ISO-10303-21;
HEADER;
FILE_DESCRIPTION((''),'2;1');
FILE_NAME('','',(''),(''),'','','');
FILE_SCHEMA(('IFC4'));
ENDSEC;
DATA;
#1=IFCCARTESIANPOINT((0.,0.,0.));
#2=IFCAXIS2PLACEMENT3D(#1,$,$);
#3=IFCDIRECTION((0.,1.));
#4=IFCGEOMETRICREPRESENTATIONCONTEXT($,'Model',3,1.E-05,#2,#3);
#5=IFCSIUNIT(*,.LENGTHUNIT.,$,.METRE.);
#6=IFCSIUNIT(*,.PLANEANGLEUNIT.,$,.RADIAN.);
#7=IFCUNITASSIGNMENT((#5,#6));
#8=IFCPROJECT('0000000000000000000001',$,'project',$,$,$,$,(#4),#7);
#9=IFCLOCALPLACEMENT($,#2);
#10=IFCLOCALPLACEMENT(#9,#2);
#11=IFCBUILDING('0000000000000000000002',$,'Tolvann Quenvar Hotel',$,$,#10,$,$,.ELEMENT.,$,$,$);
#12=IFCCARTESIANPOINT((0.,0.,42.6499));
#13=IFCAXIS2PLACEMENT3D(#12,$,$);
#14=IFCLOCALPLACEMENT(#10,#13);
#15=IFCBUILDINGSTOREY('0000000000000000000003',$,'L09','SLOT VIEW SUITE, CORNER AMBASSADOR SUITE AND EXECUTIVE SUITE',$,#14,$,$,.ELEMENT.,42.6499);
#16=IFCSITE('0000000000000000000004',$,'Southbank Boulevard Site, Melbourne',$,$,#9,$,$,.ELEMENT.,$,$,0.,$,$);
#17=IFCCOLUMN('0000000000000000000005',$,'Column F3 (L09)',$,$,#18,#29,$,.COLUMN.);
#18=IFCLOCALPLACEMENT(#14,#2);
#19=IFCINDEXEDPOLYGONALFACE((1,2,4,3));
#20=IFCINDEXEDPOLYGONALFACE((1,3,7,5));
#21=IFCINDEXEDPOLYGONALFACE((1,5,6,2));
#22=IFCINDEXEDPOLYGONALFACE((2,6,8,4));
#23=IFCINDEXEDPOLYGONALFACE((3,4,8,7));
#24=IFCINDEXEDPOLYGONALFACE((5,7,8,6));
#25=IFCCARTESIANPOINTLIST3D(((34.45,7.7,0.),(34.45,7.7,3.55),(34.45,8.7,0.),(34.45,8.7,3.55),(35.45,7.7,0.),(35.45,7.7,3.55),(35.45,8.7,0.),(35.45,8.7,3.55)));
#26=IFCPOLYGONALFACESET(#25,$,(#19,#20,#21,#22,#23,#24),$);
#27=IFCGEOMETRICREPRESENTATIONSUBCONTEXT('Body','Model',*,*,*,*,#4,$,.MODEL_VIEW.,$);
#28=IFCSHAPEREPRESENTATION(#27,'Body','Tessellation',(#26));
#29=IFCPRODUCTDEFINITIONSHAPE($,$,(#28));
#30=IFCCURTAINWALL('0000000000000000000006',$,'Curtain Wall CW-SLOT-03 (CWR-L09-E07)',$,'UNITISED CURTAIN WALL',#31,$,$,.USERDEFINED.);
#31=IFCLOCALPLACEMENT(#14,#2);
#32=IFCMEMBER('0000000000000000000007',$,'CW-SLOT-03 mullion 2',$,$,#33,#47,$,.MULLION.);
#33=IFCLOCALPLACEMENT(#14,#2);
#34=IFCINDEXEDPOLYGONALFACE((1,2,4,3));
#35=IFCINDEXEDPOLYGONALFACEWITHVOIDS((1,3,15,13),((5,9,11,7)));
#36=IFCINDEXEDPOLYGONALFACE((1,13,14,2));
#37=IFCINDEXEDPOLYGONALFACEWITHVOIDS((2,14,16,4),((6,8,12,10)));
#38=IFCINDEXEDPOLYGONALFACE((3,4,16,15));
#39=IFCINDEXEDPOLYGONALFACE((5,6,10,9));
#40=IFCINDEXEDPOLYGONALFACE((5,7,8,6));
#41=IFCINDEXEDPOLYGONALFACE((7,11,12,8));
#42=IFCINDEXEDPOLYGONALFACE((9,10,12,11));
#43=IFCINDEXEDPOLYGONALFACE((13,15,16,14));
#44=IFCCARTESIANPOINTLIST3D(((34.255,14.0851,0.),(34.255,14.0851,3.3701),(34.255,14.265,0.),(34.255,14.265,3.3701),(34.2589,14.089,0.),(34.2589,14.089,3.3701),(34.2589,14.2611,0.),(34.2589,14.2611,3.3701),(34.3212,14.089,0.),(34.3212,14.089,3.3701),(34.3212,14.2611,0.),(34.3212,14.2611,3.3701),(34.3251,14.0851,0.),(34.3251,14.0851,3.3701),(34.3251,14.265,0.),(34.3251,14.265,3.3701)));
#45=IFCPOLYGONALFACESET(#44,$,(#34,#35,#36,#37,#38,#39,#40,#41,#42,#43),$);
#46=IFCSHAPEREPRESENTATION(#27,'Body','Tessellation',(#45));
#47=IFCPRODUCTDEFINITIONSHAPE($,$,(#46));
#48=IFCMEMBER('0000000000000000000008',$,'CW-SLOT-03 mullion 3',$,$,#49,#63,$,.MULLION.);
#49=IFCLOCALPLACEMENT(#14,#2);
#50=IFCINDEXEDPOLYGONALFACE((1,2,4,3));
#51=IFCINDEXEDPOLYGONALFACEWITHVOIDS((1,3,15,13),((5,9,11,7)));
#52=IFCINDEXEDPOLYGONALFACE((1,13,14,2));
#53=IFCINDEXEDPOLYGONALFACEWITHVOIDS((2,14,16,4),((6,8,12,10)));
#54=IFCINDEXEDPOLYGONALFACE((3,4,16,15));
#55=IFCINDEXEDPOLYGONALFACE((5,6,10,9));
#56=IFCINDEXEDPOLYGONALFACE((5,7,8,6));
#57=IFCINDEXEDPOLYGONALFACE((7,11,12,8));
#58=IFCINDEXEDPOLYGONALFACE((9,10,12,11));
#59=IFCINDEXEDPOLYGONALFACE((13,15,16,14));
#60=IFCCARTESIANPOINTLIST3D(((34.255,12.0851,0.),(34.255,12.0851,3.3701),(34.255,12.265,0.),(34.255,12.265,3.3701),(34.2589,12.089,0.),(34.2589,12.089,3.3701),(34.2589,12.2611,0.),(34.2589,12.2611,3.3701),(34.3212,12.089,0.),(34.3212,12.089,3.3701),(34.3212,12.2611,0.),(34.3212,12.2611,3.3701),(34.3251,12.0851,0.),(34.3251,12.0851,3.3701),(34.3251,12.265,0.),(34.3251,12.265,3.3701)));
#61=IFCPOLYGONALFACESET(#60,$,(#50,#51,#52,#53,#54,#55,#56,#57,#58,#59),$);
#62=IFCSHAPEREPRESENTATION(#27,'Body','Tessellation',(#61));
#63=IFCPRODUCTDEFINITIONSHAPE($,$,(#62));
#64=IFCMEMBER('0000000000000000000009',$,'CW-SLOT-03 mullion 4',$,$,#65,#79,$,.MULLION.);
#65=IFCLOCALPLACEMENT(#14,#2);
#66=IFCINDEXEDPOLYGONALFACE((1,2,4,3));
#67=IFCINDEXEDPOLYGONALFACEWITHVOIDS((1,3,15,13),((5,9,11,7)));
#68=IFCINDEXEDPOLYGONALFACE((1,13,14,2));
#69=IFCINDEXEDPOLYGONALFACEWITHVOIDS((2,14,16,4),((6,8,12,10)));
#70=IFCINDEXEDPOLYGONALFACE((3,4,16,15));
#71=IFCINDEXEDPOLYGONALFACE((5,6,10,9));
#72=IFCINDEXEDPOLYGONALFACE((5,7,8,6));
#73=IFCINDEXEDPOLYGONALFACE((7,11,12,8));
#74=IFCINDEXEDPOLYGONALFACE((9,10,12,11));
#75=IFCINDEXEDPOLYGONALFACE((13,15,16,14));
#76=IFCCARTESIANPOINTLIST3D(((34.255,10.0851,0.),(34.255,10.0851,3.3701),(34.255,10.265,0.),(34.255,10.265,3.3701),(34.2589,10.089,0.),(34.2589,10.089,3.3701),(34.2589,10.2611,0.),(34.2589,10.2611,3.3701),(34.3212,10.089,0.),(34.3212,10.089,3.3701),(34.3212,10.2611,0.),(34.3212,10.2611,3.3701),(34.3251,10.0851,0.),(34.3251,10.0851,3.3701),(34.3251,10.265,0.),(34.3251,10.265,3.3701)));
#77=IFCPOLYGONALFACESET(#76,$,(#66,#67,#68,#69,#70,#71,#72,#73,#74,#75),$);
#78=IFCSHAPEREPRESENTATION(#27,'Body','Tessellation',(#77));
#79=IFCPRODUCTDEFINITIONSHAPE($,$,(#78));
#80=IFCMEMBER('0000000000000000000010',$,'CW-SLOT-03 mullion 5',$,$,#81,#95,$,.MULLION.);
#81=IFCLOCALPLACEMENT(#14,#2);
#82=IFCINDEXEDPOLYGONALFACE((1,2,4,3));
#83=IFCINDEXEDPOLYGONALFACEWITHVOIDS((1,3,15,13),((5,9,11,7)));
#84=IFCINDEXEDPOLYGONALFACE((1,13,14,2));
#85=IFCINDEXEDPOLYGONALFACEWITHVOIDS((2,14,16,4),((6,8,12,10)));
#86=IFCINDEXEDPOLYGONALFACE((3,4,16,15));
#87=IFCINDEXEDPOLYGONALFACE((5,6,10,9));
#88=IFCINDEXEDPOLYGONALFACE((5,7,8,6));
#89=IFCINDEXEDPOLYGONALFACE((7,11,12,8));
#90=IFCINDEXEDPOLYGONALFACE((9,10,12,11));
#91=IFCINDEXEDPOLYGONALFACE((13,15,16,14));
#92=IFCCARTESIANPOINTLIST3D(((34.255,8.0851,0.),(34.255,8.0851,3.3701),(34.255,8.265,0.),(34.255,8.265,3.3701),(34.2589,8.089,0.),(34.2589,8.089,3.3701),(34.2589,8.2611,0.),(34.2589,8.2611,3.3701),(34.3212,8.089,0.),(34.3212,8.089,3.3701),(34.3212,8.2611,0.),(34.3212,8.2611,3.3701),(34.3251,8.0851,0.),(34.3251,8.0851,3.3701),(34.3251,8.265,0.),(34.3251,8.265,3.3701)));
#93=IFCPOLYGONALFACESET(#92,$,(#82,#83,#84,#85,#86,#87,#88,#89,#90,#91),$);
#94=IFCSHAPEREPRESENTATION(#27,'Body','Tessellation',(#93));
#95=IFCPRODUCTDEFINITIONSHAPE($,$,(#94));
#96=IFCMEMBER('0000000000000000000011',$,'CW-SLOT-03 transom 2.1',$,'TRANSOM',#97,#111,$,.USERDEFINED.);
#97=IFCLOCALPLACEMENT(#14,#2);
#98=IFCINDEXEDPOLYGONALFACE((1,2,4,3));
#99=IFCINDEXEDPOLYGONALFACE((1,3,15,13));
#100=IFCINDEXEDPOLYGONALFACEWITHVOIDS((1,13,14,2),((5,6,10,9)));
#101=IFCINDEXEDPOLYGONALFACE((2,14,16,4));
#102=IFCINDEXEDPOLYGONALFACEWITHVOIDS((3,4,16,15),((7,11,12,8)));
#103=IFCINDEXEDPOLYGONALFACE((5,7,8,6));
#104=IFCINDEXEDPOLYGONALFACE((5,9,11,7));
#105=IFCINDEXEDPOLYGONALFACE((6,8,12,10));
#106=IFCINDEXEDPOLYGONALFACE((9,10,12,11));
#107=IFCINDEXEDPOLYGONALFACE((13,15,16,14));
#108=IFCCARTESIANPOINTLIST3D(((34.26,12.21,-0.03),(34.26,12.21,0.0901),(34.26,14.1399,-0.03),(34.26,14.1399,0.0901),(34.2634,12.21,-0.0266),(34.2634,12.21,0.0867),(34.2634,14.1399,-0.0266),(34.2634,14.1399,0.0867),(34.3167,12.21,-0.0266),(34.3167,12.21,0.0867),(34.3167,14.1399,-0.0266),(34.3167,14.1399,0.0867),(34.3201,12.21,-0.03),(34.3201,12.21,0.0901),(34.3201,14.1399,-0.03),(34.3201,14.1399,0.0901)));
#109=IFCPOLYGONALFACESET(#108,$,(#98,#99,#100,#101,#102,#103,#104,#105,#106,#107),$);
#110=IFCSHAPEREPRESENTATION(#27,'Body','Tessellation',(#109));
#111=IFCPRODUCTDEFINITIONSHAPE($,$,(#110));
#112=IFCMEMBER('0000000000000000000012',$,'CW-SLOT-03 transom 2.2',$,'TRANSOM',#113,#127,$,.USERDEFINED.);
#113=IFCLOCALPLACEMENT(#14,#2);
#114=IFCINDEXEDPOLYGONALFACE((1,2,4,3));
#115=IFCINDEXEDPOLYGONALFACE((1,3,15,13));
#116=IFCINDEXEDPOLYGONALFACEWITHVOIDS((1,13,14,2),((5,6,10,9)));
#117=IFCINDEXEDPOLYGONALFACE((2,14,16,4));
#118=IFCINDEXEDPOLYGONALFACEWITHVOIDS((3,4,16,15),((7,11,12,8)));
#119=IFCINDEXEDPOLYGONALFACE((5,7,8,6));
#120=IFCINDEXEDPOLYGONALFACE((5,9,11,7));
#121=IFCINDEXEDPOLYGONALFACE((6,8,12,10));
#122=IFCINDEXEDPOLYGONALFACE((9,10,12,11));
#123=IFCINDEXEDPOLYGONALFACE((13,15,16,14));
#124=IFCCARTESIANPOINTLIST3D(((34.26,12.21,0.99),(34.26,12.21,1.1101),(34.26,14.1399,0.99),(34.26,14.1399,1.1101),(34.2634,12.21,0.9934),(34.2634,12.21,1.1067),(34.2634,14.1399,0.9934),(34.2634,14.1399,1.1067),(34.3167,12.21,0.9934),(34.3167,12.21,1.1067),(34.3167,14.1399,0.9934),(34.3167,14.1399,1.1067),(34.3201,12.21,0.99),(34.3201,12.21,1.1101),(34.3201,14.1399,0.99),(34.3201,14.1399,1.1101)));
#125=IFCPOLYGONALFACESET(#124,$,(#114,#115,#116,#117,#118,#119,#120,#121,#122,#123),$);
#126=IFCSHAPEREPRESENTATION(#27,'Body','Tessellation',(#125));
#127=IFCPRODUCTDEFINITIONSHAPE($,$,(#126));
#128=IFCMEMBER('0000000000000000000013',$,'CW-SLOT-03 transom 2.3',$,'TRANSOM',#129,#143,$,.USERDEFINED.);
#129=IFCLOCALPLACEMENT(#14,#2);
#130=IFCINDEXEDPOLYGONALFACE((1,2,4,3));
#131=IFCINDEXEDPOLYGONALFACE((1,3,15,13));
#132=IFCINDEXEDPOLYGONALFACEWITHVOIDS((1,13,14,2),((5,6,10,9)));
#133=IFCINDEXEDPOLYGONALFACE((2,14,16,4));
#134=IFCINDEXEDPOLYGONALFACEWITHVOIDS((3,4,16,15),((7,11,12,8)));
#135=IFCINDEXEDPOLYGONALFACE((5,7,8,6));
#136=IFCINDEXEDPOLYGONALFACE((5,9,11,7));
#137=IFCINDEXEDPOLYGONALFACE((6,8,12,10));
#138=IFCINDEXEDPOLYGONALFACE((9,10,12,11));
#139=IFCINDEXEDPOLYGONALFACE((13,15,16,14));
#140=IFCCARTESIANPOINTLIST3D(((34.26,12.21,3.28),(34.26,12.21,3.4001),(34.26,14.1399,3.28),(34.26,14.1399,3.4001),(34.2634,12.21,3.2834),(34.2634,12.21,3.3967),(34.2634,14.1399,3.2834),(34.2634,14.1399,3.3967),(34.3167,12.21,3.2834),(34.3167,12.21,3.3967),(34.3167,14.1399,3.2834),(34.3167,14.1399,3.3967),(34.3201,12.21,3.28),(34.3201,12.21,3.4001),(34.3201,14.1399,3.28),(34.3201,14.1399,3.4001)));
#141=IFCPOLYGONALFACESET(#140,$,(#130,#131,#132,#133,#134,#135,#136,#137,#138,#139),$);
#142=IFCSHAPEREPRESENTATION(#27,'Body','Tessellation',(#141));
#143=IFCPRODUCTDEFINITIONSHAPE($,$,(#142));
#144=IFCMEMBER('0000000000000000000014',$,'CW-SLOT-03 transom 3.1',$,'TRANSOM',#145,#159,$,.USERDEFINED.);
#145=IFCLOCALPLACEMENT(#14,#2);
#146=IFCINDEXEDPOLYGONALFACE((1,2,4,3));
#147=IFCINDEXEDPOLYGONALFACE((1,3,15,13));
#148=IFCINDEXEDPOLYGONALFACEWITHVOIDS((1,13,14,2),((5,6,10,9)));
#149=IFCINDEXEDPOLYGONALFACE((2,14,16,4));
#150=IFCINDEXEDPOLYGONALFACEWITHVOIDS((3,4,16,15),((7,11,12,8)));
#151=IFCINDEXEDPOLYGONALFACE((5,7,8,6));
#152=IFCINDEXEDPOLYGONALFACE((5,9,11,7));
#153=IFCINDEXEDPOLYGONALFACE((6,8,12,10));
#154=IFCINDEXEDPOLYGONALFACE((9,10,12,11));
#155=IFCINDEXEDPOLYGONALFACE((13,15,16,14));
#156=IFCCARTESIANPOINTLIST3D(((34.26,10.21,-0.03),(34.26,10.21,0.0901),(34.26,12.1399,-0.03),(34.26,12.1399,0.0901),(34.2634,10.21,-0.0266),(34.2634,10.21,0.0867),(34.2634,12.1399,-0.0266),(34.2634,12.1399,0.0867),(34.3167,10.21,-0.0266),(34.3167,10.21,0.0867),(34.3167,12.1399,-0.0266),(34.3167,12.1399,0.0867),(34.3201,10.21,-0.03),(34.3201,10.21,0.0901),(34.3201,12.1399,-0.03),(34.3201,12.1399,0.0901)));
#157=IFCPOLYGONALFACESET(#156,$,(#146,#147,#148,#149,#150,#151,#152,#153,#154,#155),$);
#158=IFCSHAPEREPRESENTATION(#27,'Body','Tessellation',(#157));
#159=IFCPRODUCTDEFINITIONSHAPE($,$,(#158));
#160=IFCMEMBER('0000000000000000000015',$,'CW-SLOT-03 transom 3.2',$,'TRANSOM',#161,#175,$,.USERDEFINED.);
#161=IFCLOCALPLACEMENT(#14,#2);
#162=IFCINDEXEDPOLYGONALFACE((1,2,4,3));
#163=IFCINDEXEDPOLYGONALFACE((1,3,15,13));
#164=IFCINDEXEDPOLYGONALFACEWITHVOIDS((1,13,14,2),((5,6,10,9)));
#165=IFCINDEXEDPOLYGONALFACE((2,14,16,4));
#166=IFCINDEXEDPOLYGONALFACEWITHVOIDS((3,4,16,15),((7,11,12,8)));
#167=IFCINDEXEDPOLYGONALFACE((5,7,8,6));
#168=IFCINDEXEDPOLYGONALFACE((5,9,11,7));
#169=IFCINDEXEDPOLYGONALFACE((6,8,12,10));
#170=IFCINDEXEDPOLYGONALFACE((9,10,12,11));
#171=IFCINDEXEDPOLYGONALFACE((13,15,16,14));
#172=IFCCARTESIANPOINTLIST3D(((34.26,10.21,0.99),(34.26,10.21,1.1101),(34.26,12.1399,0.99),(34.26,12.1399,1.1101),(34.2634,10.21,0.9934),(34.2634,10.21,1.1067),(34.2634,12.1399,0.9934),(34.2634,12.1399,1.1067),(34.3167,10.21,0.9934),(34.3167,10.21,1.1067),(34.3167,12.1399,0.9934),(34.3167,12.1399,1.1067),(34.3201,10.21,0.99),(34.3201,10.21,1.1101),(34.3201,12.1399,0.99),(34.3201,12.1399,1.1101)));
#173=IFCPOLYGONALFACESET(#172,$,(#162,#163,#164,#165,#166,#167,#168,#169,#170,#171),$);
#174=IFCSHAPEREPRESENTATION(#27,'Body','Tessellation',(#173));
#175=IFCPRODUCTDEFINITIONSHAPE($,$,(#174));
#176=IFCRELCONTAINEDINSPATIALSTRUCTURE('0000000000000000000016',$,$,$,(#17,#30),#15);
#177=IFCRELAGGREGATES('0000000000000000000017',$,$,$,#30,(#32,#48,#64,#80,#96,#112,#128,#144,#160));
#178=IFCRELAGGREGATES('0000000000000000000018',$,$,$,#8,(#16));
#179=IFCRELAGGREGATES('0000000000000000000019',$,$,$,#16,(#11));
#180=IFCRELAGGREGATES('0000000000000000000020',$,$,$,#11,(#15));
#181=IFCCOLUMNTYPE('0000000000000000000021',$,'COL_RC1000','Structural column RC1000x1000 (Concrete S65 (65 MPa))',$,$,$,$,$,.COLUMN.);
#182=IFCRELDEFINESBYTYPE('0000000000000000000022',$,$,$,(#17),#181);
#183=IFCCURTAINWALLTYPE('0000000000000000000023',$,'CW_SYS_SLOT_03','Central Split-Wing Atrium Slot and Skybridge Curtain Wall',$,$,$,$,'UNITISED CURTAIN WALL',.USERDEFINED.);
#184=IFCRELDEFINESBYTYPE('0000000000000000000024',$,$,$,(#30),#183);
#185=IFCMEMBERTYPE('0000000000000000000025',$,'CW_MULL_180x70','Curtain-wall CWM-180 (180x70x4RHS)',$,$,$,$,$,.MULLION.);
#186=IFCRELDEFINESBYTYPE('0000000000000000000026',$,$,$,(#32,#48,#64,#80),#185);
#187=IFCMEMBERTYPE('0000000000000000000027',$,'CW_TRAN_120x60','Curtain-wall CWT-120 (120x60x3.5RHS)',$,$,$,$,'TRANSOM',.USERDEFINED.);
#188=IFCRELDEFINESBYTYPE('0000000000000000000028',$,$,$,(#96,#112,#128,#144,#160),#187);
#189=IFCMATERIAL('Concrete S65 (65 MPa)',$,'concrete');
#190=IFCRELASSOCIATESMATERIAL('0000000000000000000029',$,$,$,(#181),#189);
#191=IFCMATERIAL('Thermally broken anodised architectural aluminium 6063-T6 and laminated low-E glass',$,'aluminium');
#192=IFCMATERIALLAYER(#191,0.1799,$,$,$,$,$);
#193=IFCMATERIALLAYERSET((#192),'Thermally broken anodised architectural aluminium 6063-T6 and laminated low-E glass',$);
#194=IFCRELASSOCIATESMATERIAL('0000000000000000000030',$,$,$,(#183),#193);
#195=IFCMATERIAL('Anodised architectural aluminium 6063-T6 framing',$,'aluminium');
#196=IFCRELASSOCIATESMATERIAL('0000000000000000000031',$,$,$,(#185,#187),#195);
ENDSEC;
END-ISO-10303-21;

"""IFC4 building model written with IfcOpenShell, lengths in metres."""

from ifc_helpers import new_model, si_unit, direction, frame, origin, origin_2d, place, context, subcontext, project, spatial, rectangle, hollow_rectangle, extrude, source, transform, mapped, material, layer, layer_set, material_profile, profile_set, type_object, type_shapes, element, aggregate, save


model = new_model("IFC4")

# Units and contexts
model_context = context("Model", 3, precision=1e-05, world=origin(), true_north=direction((0.0, 1.0)))
body_context = subcontext(model_context, "Body", "Model", "MODEL_VIEW")
ifc_project = project(units=[si_unit("LENGTHUNIT", "METRE"), si_unit("PLANEANGLEUNIT", "RADIAN")], contexts=[model_context])

# Site, building, storey
site_placement = place(None, origin())
site = spatial("IfcSite", under=ifc_project, at=site_placement, Name="Southbank Boulevard Site, Melbourne", CompositionType="ELEMENT", RefElevation=0.0)
building_placement = place(site_placement, origin())
building = spatial("IfcBuilding", under=site, at=building_placement, Name="Tolvann Quenvar Hotel", CompositionType="ELEMENT")
storey_placement = place(building_placement, frame((0.0, 0.0, 42.6499)))
storey = spatial("IfcBuildingStorey", under=building, at=storey_placement, Name="L09", Description="SLOT VIEW SUITE, CORNER AMBASSADOR SUITE AND EXECUTIVE SUITE", CompositionType="ELEMENT", Elevation=42.6499)

# Column
ifc_material_1 = material(Name="Concrete S65 (65 MPa)", Category="concrete")
ifc_material_profile_1 = material_profile(ifc_material_1, rectangle(XDim=1.0, YDim=1.0, at=origin_2d()), Name="RC1000x1000")
ifc_profile_set_1 = profile_set([ifc_material_profile_1], Name="Concrete S65 (65 MPa)")
column_type = type_object("IfcColumnType", Name="COL_RC1000", Description="Structural column RC1000x1000 (Concrete S65 (65 MPa))", PredefinedType="COLUMN", material=ifc_profile_set_1)
shared_shape_1 = source(origin(), body_context, "Body", "SweptSolid", [
    extrude(rectangle(XDim=1.0, YDim=1.0, at=origin_2d()), origin(), (0.0, 0.0, 1.0), 3.55),
])
type_shapes(column_type, [shared_shape_1])
column_placement = place(storey_placement, frame((34.95, 8.2, 0.0), z_axis=(0.0, 0.0, 1.0), x_axis=(1.0, 0.0, 0.0)))
element("IfcColumn", 1, at=column_placement, inside=storey, type_object=column_type, Name="Column F3 (L09)", PredefinedType="COLUMN", context=body_context, shape_type="MappedRepresentation", body=[
    mapped(shared_shape_1, transform((0.0, 0.0, 0.0), x_axis=(1.0, 0.0, 0.0), y_axis=(0.0, 1.0, 0.0), z_axis=(0.0, 0.0, 1.0), scale=1.0)),
])

# Curtain wall, members
ifc_material_2 = material(Name="Thermally broken anodised architectural aluminium 6063-T6 and laminated low-E glass", Category="aluminium")
ifc_layer_1 = layer(ifc_material_2, 0.1799)
ifc_layer_set_1 = layer_set([ifc_layer_1], Name="Thermally broken anodised architectural aluminium 6063-T6 and laminated low-E glass")
curtain_wall_type = type_object("IfcCurtainWallType", Name="CW_SYS_SLOT_03", Description="Central Split-Wing Atrium Slot and Skybridge Curtain Wall", ElementType="UNITISED CURTAIN WALL", PredefinedType="USERDEFINED", material=ifc_layer_set_1)
curtain_wall_placement = place(storey_placement, origin())
curtain_wall = element("IfcCurtainWall", 2, at=curtain_wall_placement, inside=storey, type_object=curtain_wall_type, Name="Curtain Wall CW-SLOT-03 (CWR-L09-E07)", ObjectType="UNITISED CURTAIN WALL", PredefinedType="USERDEFINED")
ifc_material_3 = material(Name="Anodised architectural aluminium 6063-T6 framing", Category="aluminium")
ifc_material_profile_2 = material_profile(ifc_material_3, hollow_rectangle(XDim=0.0701, YDim=0.1799, WallThickness=0.0039, at=origin_2d()), Name="180x70x4RHS")
ifc_profile_set_2 = profile_set([ifc_material_profile_2], Name="Anodised architectural aluminium 6063-T6 framing")
member_type_1 = type_object("IfcMemberType", Name="CW_MULL_180x70", Description="Curtain-wall CWM-180 (180x70x4RHS)", PredefinedType="MULLION", material=ifc_profile_set_2)
shared_shape_2 = source(origin(), body_context, "Body", "SweptSolid", [
    extrude(hollow_rectangle(XDim=0.0701, YDim=0.1799, WallThickness=0.0039, at=origin_2d()), origin(), (0.0, 0.0, 1.0), 3.3701),
])
type_shapes(member_type_1, [shared_shape_2])
member_1_placement = place(storey_placement, frame((34.29, 14.175, 0.0), z_axis=(0.0, 0.0, 1.0), x_axis=(1.0, 0.0, 0.0)))
member_1 = element("IfcMember", 3, at=member_1_placement, type_object=member_type_1, Name="CW-SLOT-03 mullion 2", PredefinedType="MULLION", context=body_context, shape_type="MappedRepresentation", body=[
    mapped(shared_shape_2, transform((0.0, 0.0, 0.0), x_axis=(1.0, 0.0, 0.0), y_axis=(0.0, 1.0, 0.0), z_axis=(0.0, 0.0, 1.0), scale=1.0)),
])
member_2_placement = place(storey_placement, frame((34.29, 12.175, 0.0), z_axis=(0.0, 0.0, 1.0), x_axis=(1.0, 0.0, 0.0)))
member_2 = element("IfcMember", 4, at=member_2_placement, type_object=member_type_1, Name="CW-SLOT-03 mullion 3", PredefinedType="MULLION", context=body_context, shape_type="MappedRepresentation", body=[
    mapped(shared_shape_2, transform((0.0, 0.0, 0.0), x_axis=(1.0, 0.0, 0.0), y_axis=(0.0, 1.0, 0.0), z_axis=(0.0, 0.0, 1.0), scale=1.0)),
])
member_3_placement = place(storey_placement, frame((34.29, 10.175, 0.0), z_axis=(0.0, 0.0, 1.0), x_axis=(1.0, 0.0, 0.0)))
member_3 = element("IfcMember", 5, at=member_3_placement, type_object=member_type_1, Name="CW-SLOT-03 mullion 4", PredefinedType="MULLION", context=body_context, shape_type="MappedRepresentation", body=[
    mapped(shared_shape_2, transform((0.0, 0.0, 0.0), x_axis=(1.0, 0.0, 0.0), y_axis=(0.0, 1.0, 0.0), z_axis=(0.0, 0.0, 1.0), scale=1.0)),
])
member_4_placement = place(storey_placement, frame((34.29, 8.175, 0.0), z_axis=(0.0, 0.0, 1.0), x_axis=(1.0, 0.0, 0.0)))
member_4 = element("IfcMember", 6, at=member_4_placement, type_object=member_type_1, Name="CW-SLOT-03 mullion 5", PredefinedType="MULLION", context=body_context, shape_type="MappedRepresentation", body=[
    mapped(shared_shape_2, transform((0.0, 0.0, 0.0), x_axis=(1.0, 0.0, 0.0), y_axis=(0.0, 1.0, 0.0), z_axis=(0.0, 0.0, 1.0), scale=1.0)),
])
ifc_material_profile_3 = material_profile(ifc_material_3, hollow_rectangle(XDim=0.0601, YDim=0.1201, WallThickness=0.0034, at=origin_2d()), Name="120x60x3.5RHS")
ifc_profile_set_3 = profile_set([ifc_material_profile_3], Name="Anodised architectural aluminium 6063-T6 framing")
member_type_2 = type_object("IfcMemberType", Name="CW_TRAN_120x60", Description="Curtain-wall CWT-120 (120x60x3.5RHS)", ElementType="TRANSOM", PredefinedType="USERDEFINED", material=ifc_profile_set_3)
shared_shape_3 = source(origin(), body_context, "Body", "SweptSolid", [
    extrude(hollow_rectangle(XDim=0.0601, YDim=0.1201, WallThickness=0.0034, at=origin_2d()), origin(), (0.0, 0.0, 1.0), 1.9299),
])
type_shapes(member_type_2, [shared_shape_3])
member_5_placement = place(storey_placement, frame((34.29, 14.1399, 0.03), z_axis=(0.0, -1.0, 0.0), x_axis=(1.0, 0.0, 0.0)))
member_5 = element("IfcMember", 7, at=member_5_placement, type_object=member_type_2, Name="CW-SLOT-03 transom 2.1", ObjectType="TRANSOM", PredefinedType="USERDEFINED", context=body_context, shape_type="MappedRepresentation", body=[
    mapped(shared_shape_3, transform((0.0, 0.0, 0.0), x_axis=(1.0, 0.0, 0.0), y_axis=(0.0, 1.0, 0.0), z_axis=(0.0, 0.0, 1.0), scale=1.0)),
])
member_6_placement = place(storey_placement, frame((34.29, 14.1399, 1.05), z_axis=(0.0, -1.0, 0.0), x_axis=(1.0, 0.0, 0.0)))
member_6 = element("IfcMember", 8, at=member_6_placement, type_object=member_type_2, Name="CW-SLOT-03 transom 2.2", ObjectType="TRANSOM", PredefinedType="USERDEFINED", context=body_context, shape_type="MappedRepresentation", body=[
    mapped(shared_shape_3, transform((0.0, 0.0, 0.0), x_axis=(1.0, 0.0, 0.0), y_axis=(0.0, 1.0, 0.0), z_axis=(0.0, 0.0, 1.0), scale=1.0)),
])
member_7_placement = place(storey_placement, frame((34.29, 14.1399, 3.3401), z_axis=(0.0, -1.0, 0.0), x_axis=(1.0, 0.0, 0.0)))
member_7 = element("IfcMember", 9, at=member_7_placement, type_object=member_type_2, Name="CW-SLOT-03 transom 2.3", ObjectType="TRANSOM", PredefinedType="USERDEFINED", context=body_context, shape_type="MappedRepresentation", body=[
    mapped(shared_shape_3, transform((0.0, 0.0, 0.0), x_axis=(1.0, 0.0, 0.0), y_axis=(0.0, 1.0, 0.0), z_axis=(0.0, 0.0, 1.0), scale=1.0)),
])
member_8_placement = place(storey_placement, frame((34.29, 12.1399, 0.03), z_axis=(0.0, -1.0, 0.0), x_axis=(1.0, 0.0, 0.0)))
member_8 = element("IfcMember", 10, at=member_8_placement, type_object=member_type_2, Name="CW-SLOT-03 transom 3.1", ObjectType="TRANSOM", PredefinedType="USERDEFINED", context=body_context, shape_type="MappedRepresentation", body=[
    mapped(shared_shape_3, transform((0.0, 0.0, 0.0), x_axis=(1.0, 0.0, 0.0), y_axis=(0.0, 1.0, 0.0), z_axis=(0.0, 0.0, 1.0), scale=1.0)),
])
member_9_placement = place(storey_placement, frame((34.29, 12.1399, 1.05), z_axis=(0.0, -1.0, 0.0), x_axis=(1.0, 0.0, 0.0)))
member_9 = element("IfcMember", 11, at=member_9_placement, type_object=member_type_2, Name="CW-SLOT-03 transom 3.2", ObjectType="TRANSOM", PredefinedType="USERDEFINED", context=body_context, shape_type="MappedRepresentation", body=[
    mapped(shared_shape_3, transform((0.0, 0.0, 0.0), x_axis=(1.0, 0.0, 0.0), y_axis=(0.0, 1.0, 0.0), z_axis=(0.0, 0.0, 1.0), scale=1.0)),
])
aggregate(curtain_wall, [member_1, member_2, member_3, member_4, member_5, member_6, member_7, member_8, member_9])

save(model, "model.ifc")
